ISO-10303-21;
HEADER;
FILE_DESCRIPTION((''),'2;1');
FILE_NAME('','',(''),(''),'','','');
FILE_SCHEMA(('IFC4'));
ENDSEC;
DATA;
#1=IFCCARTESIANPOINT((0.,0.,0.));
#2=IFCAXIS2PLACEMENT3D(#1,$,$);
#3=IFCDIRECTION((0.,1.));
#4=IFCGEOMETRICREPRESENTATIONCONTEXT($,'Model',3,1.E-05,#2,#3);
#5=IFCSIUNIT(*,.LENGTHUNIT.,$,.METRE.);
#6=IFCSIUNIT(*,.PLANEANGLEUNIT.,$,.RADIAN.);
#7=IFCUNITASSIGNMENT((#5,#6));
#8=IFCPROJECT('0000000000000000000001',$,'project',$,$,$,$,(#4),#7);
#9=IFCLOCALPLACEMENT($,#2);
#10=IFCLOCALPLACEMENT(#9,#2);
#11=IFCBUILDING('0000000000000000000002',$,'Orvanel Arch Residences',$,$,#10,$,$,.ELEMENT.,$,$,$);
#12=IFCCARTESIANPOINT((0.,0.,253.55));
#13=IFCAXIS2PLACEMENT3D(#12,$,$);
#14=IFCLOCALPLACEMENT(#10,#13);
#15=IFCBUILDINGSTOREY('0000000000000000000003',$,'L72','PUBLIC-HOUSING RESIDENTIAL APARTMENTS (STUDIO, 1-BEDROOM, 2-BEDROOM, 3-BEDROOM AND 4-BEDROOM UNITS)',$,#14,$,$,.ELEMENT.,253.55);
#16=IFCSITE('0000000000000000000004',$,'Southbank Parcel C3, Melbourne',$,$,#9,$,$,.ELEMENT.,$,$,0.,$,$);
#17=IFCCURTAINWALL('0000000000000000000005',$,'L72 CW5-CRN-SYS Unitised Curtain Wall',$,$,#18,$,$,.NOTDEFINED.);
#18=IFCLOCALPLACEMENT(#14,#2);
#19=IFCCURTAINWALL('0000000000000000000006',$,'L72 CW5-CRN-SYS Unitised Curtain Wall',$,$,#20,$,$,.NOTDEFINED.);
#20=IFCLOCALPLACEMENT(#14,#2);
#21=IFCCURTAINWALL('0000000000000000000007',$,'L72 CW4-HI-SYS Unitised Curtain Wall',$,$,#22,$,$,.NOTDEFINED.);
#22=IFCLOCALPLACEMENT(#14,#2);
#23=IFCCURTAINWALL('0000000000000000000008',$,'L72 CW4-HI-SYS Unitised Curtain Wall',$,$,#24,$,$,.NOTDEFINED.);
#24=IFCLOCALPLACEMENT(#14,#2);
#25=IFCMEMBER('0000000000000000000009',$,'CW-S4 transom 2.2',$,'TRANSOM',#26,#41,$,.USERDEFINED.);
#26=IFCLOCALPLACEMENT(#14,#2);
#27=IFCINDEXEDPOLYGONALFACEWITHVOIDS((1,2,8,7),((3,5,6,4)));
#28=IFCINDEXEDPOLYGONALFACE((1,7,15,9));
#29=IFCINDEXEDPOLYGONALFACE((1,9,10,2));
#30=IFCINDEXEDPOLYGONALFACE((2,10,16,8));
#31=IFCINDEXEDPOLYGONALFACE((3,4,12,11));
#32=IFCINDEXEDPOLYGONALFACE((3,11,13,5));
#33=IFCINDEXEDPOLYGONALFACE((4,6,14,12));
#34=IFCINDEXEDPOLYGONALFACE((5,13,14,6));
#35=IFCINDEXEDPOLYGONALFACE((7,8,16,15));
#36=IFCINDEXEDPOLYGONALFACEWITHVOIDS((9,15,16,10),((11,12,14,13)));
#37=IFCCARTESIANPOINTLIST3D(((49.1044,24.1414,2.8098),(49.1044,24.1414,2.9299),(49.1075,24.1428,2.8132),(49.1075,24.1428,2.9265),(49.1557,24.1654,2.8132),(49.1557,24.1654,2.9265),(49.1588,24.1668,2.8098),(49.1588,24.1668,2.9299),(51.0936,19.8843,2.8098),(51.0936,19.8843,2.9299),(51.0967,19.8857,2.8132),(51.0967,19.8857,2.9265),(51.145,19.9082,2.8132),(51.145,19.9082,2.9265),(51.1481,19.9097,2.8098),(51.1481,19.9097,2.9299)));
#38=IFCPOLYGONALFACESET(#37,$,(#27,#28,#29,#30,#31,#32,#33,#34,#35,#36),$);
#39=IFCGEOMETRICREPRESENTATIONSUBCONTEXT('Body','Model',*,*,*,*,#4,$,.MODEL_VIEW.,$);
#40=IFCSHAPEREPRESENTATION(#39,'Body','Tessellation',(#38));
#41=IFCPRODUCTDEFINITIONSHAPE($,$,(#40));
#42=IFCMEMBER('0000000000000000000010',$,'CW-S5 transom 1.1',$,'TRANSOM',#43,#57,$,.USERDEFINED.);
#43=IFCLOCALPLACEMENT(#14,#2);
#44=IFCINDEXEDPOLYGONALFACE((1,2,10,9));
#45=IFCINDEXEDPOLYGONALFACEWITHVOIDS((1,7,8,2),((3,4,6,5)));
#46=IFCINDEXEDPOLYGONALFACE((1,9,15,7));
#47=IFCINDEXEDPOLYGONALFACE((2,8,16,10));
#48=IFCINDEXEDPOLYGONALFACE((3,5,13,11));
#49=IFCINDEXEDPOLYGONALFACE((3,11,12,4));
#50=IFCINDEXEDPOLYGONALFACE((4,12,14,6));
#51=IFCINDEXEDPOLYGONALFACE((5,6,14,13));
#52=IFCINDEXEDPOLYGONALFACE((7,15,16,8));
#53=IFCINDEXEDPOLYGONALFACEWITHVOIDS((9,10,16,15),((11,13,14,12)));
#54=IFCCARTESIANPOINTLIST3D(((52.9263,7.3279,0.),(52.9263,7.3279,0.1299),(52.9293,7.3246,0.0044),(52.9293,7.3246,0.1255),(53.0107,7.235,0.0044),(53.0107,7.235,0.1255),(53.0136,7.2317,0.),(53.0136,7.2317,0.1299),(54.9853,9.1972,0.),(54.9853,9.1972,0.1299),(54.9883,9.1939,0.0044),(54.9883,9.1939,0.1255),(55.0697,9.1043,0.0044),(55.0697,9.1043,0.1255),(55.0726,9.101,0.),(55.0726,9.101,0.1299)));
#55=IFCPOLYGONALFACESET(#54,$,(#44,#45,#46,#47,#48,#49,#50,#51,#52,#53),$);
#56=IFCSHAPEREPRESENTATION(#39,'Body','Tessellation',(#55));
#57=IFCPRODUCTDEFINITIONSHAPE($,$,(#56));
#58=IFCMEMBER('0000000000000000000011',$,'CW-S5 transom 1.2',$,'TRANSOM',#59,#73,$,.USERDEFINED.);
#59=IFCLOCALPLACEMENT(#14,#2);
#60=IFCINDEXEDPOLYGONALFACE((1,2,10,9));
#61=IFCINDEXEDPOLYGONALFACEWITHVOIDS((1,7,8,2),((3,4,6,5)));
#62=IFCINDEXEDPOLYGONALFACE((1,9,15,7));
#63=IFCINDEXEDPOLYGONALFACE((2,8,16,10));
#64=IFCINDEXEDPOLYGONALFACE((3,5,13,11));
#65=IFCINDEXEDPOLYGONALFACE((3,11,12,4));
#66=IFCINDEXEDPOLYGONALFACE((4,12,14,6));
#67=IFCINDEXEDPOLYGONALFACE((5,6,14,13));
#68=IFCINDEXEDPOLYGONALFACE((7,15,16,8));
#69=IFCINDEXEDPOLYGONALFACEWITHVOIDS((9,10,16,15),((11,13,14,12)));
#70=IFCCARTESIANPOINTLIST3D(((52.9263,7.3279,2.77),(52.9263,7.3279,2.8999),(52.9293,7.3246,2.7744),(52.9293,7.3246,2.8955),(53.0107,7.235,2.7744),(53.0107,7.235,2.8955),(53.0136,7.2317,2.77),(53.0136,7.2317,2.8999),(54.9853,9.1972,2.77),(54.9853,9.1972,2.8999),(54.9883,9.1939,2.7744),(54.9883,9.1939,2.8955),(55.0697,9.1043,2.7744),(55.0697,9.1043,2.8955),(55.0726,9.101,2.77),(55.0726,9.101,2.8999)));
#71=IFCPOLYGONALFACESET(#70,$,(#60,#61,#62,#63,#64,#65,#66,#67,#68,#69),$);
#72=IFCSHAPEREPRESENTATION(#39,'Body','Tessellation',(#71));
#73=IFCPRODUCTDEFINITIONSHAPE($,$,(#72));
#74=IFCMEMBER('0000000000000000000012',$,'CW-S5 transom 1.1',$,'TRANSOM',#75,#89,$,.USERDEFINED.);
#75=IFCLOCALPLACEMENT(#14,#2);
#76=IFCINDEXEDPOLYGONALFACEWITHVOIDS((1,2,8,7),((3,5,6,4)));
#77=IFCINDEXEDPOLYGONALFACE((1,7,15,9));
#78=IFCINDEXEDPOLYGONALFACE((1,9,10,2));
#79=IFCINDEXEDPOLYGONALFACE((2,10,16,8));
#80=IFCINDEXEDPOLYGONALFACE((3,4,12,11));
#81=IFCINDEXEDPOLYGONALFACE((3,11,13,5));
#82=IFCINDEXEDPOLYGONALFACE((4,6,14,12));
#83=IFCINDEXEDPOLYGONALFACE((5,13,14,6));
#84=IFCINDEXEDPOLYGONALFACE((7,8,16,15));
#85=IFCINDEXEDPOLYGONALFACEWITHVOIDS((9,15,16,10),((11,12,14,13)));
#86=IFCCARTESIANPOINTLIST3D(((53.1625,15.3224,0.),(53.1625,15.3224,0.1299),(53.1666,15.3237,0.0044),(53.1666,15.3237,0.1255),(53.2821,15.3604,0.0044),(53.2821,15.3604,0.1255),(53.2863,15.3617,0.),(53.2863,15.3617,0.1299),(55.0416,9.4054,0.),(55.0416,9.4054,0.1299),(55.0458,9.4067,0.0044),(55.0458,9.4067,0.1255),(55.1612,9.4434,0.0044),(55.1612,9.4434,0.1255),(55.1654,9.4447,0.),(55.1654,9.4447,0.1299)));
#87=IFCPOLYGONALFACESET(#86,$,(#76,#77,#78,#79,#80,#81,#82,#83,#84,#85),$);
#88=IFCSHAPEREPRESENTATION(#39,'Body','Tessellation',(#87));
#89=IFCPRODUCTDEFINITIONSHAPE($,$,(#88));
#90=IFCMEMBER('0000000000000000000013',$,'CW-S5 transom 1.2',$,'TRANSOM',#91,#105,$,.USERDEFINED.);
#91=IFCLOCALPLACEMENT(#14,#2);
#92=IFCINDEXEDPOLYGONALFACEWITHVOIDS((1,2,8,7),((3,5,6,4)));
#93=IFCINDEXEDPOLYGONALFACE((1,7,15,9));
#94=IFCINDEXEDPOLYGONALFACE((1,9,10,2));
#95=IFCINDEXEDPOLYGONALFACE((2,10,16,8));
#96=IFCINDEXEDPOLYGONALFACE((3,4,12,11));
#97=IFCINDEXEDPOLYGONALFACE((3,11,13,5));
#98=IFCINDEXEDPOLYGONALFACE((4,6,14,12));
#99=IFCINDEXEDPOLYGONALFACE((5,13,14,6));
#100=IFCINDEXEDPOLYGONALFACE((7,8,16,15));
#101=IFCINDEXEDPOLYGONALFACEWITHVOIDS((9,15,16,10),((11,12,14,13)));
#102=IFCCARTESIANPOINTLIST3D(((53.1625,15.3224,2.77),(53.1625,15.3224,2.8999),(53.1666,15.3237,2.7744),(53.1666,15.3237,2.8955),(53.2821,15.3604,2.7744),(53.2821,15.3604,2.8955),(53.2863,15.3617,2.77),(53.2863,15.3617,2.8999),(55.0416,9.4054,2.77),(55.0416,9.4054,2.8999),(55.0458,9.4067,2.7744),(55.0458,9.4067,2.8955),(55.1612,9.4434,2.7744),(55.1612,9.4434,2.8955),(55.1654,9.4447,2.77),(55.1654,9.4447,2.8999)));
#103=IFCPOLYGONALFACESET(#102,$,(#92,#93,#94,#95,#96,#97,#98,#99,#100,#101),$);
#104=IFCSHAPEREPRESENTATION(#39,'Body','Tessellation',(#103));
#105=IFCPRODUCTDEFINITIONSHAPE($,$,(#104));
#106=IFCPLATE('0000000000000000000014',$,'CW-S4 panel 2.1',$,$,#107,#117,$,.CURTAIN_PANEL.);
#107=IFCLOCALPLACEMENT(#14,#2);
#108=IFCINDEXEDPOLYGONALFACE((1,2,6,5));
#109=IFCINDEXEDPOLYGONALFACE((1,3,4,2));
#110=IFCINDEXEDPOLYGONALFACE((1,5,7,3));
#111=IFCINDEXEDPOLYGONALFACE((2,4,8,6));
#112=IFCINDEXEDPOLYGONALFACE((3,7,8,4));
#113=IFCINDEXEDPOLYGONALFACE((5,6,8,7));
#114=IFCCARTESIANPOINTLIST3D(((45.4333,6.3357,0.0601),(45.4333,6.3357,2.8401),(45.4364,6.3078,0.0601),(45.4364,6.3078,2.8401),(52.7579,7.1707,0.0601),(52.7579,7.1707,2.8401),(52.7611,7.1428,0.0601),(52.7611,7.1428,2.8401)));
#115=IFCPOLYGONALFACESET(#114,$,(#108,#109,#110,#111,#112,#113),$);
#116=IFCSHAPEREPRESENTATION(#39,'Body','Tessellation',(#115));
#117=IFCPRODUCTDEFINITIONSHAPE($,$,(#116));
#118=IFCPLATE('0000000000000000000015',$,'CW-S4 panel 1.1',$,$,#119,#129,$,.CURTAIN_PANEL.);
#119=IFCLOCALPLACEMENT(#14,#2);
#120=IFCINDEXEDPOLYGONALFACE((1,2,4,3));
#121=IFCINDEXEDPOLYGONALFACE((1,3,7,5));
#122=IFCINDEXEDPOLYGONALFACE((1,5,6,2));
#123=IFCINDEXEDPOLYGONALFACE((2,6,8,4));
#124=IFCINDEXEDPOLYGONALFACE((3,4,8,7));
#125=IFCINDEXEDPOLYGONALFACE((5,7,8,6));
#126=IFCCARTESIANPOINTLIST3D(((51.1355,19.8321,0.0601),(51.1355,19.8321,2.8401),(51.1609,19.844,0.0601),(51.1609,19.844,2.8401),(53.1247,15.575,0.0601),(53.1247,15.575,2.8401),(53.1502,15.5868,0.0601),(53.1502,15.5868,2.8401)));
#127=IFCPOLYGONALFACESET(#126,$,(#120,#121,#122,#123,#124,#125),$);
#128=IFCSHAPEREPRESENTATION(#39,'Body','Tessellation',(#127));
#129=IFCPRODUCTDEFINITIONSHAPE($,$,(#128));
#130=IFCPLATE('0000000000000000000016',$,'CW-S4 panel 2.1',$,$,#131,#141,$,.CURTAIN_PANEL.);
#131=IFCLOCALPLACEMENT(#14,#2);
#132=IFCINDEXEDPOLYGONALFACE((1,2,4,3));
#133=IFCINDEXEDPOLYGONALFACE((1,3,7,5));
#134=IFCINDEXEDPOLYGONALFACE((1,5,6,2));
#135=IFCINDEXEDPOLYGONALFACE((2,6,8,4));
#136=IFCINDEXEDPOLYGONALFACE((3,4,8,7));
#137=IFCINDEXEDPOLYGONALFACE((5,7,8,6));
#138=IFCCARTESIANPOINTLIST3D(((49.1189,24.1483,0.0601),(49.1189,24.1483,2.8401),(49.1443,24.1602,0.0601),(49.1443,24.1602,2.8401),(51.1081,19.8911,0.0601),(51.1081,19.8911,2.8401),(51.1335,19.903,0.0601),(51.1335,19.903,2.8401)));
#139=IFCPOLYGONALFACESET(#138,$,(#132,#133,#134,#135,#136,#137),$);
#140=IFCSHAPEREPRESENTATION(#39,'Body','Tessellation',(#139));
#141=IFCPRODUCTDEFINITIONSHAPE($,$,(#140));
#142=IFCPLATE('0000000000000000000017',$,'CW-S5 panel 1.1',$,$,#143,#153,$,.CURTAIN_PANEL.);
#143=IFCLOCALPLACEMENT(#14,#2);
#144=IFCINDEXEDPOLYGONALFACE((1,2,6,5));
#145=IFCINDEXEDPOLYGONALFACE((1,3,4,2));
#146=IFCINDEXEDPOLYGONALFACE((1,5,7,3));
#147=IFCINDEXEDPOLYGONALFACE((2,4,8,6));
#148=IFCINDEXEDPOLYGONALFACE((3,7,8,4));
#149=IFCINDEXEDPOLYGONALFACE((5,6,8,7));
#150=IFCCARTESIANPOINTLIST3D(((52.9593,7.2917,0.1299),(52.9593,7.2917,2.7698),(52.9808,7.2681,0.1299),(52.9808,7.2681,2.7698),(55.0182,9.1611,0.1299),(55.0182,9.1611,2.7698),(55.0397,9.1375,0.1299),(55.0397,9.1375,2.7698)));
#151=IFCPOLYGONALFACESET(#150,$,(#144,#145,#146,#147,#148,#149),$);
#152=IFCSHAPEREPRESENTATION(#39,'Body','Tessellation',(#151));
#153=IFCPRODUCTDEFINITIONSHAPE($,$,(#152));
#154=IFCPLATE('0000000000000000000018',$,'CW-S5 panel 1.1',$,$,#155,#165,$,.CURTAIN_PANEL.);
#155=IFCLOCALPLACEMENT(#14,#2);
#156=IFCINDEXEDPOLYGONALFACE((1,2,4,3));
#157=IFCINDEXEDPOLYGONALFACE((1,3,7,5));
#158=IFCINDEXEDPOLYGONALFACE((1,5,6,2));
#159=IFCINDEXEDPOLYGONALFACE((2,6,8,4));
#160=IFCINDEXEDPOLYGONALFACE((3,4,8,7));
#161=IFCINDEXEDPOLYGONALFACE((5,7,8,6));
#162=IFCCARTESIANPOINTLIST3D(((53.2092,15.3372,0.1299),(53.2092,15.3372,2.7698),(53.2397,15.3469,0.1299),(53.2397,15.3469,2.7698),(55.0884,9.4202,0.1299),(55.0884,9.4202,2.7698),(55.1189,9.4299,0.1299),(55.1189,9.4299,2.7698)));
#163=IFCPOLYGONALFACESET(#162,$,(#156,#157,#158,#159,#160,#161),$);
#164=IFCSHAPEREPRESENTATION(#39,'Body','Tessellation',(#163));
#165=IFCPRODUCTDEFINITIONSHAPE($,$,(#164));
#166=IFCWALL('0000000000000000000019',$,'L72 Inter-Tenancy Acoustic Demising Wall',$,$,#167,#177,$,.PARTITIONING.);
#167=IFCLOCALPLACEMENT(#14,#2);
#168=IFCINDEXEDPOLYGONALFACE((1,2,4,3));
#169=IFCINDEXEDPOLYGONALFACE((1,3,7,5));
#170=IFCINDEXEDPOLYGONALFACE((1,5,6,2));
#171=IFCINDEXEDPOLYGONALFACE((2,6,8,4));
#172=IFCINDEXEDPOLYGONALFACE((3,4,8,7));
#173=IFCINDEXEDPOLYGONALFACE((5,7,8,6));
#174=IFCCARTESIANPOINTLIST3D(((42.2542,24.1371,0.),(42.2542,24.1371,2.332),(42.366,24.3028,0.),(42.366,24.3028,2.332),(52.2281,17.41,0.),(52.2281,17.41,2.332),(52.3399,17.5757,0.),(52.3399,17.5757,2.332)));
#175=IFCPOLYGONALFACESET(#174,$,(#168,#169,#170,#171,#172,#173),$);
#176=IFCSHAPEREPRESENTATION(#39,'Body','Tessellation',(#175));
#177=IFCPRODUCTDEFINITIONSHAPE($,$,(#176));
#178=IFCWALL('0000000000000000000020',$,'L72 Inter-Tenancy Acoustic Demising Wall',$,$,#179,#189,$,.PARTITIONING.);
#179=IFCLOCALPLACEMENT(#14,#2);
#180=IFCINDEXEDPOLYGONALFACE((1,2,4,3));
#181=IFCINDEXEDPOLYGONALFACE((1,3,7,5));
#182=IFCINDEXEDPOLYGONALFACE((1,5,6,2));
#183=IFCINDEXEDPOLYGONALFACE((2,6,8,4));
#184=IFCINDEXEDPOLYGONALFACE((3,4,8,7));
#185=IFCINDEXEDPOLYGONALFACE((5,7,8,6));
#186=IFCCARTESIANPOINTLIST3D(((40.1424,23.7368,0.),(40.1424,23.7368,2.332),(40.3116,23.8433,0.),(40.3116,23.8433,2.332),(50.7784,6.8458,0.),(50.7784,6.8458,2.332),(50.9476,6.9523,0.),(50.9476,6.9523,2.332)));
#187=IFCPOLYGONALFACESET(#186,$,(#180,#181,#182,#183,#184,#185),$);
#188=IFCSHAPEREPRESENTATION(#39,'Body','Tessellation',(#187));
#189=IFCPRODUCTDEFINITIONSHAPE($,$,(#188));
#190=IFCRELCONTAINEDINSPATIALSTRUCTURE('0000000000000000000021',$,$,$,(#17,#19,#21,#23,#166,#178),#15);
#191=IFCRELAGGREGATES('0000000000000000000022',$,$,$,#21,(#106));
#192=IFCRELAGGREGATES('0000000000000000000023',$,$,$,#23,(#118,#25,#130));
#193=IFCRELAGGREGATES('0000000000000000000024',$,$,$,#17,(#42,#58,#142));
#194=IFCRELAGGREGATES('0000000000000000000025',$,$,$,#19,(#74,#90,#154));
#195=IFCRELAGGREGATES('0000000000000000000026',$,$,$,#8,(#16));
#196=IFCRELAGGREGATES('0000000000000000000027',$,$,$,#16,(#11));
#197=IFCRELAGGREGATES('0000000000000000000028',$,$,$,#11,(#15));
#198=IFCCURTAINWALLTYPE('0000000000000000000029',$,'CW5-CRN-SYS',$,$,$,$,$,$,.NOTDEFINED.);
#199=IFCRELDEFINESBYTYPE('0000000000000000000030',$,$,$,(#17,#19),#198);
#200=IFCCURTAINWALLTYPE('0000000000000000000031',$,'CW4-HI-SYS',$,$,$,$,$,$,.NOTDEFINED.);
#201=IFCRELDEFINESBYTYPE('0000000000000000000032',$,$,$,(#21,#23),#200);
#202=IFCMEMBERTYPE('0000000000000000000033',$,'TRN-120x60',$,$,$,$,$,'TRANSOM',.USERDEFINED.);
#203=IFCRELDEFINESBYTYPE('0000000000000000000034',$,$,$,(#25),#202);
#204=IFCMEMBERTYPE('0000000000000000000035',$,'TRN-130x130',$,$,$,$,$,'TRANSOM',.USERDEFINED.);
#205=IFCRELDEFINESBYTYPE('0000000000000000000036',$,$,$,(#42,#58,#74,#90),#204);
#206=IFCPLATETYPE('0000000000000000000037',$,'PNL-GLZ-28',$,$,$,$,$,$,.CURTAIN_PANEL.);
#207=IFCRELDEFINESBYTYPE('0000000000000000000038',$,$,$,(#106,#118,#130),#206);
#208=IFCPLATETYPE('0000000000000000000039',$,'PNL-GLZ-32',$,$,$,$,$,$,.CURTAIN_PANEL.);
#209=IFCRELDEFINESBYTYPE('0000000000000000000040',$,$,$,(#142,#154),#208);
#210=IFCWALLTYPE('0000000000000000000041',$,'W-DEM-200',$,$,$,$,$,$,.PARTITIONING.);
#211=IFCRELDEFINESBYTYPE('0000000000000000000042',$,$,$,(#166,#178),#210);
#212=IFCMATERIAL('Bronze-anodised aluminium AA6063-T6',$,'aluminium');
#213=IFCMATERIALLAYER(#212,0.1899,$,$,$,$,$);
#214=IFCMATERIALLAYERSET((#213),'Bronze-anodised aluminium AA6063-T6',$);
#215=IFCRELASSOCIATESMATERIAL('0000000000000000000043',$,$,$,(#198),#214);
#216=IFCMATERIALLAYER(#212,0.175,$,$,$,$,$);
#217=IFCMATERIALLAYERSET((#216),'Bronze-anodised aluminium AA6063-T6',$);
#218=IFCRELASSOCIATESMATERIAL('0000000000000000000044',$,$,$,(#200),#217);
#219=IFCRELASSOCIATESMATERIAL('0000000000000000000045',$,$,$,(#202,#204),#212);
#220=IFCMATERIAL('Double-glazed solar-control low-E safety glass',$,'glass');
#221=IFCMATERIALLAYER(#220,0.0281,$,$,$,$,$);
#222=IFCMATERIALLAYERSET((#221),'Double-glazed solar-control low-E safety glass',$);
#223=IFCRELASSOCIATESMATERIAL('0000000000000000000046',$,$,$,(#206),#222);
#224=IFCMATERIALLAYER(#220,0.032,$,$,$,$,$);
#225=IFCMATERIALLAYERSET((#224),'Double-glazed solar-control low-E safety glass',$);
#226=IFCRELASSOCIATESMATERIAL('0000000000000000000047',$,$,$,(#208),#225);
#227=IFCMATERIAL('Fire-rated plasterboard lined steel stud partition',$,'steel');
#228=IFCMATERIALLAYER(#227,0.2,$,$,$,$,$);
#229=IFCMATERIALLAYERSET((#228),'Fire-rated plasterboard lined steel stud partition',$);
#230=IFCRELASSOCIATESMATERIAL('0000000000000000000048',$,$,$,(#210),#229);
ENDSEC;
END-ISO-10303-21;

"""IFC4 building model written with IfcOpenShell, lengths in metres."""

from ifc_helpers import new_model, si_unit, direction, frame, frame_2d, origin, origin_2d, place, context, subcontext, project, spatial, rectangle, hollow_rectangle, extrude, material, layer, layer_set, material_profile, profile_set, type_object, element, aggregate, save


model = new_model("IFC4")

# Units and contexts
model_context = context("Model", 3, precision=1e-05, world=origin(), true_north=direction((0.0, 1.0)))
body_context = subcontext(model_context, "Body", "Model", "MODEL_VIEW")
ifc_project = project(units=[si_unit("LENGTHUNIT", "METRE"), si_unit("PLANEANGLEUNIT", "RADIAN")], contexts=[model_context])

# Site, building, storey
site_placement = place(None, origin())
site = spatial("IfcSite", under=ifc_project, at=site_placement, Name="Southbank Parcel C3, Melbourne", CompositionType="ELEMENT", RefElevation=0.0)
building_placement = place(site_placement, origin())
building = spatial("IfcBuilding", under=site, at=building_placement, Name="Orvanel Arch Residences", CompositionType="ELEMENT")
storey_placement = place(building_placement, frame((0.0, 0.0, 253.55)))
storey = spatial("IfcBuildingStorey", under=building, at=storey_placement, Name="L72", Description="PUBLIC-HOUSING RESIDENTIAL APARTMENTS (STUDIO, 1-BEDROOM, 2-BEDROOM, 3-BEDROOM AND 4-BEDROOM UNITS)", CompositionType="ELEMENT", Elevation=253.55)

# Curtain walls
ifc_material_1 = material(Name="Bronze-anodised aluminium AA6063-T6", Category="aluminium")
ifc_layer_1 = layer(ifc_material_1, 0.1899)
ifc_layer_set_1 = layer_set([ifc_layer_1], Name="Bronze-anodised aluminium AA6063-T6")
curtain_wall_type_1 = type_object("IfcCurtainWallType", Name="CW5-CRN-SYS", PredefinedType="NOTDEFINED", material=ifc_layer_set_1)
curtain_wall_1_placement = place(storey_placement, origin())
curtain_wall_1 = element("IfcCurtainWall", 1, at=curtain_wall_1_placement, inside=storey, type_object=curtain_wall_type_1, Name="L72 CW5-CRN-SYS Unitised Curtain Wall", PredefinedType="NOTDEFINED")
curtain_wall_2_placement = place(storey_placement, origin())
curtain_wall_2 = element("IfcCurtainWall", 2, at=curtain_wall_2_placement, inside=storey, type_object=curtain_wall_type_1, Name="L72 CW5-CRN-SYS Unitised Curtain Wall", PredefinedType="NOTDEFINED")

# Curtain wall
ifc_layer_2 = layer(ifc_material_1, 0.175)
ifc_layer_set_2 = layer_set([ifc_layer_2], Name="Bronze-anodised aluminium AA6063-T6")
curtain_wall_type_2 = type_object("IfcCurtainWallType", Name="CW4-HI-SYS", PredefinedType="NOTDEFINED", material=ifc_layer_set_2)
curtain_wall_3_placement = place(storey_placement, origin())
curtain_wall_3 = element("IfcCurtainWall", 3, at=curtain_wall_3_placement, inside=storey, type_object=curtain_wall_type_2, Name="L72 CW4-HI-SYS Unitised Curtain Wall", PredefinedType="NOTDEFINED")

# Curtain wall
curtain_wall_4_placement = place(storey_placement, origin())
curtain_wall_4 = element("IfcCurtainWall", 4, at=curtain_wall_4_placement, inside=storey, type_object=curtain_wall_type_2, Name="L72 CW4-HI-SYS Unitised Curtain Wall", PredefinedType="NOTDEFINED")

# Members
ifc_material_profile_1 = material_profile(ifc_material_1, hollow_rectangle(XDim=0.0601, YDim=0.1201, WallThickness=0.0034, at=origin_2d()), Name="ALU120x60x3.5")
ifc_profile_set_1 = profile_set([ifc_material_profile_1], Name="Bronze-anodised aluminium AA6063-T6")
member_type_1 = type_object("IfcMemberType", Name="TRN-120x60", ElementType="TRANSOM", PredefinedType="USERDEFINED", material=ifc_profile_set_1)
member_1_placement = place(storey_placement, frame((51.1208, 19.897, 2.8699), z_axis=(-0.423343, 0.905969, 0.0), x_axis=(-0.905969, -0.423343, 0.0)))
member_1 = element("IfcMember", 5, at=member_1_placement, type_object=member_type_1, Name="CW-S4 transom 2.2", ObjectType="TRANSOM", PredefinedType="USERDEFINED", context=body_context, shape_type="SweptSolid", body=[
    extrude(hollow_rectangle(XDim=0.0601, YDim=0.1201, WallThickness=0.0034, at=origin_2d()), origin(), (0.0, 0.0, 1.0), 4.699),
])
ifc_material_profile_2 = material_profile(ifc_material_1, hollow_rectangle(XDim=0.1299, YDim=0.1299, WallThickness=0.0044, at=origin_2d()), Name="ALU130x130x4.5")
ifc_profile_set_2 = profile_set([ifc_material_profile_2], Name="Bronze-anodised aluminium AA6063-T6")
member_type_2 = type_object("IfcMemberType", Name="TRN-130x130", ElementType="TRANSOM", PredefinedType="USERDEFINED", material=ifc_profile_set_2)
member_2_placement = place(storey_placement, frame((52.97, 7.2798, 0.0649), z_axis=(0.740389, 0.672179, 0.0), x_axis=(-0.672179, 0.740389, 0.0)))
member_2 = element("IfcMember", 6, at=member_2_placement, type_object=member_type_2, Name="CW-S5 transom 1.1", ObjectType="TRANSOM", PredefinedType="USERDEFINED", context=body_context, shape_type="SweptSolid", body=[
    extrude(hollow_rectangle(XDim=0.1299, YDim=0.1299, WallThickness=0.0044, at=origin_2d()), origin(), (0.0, 0.0, 1.0), 2.781),
])
member_3_placement = place(storey_placement, frame((52.97, 7.2798, 2.835), z_axis=(0.740389, 0.672179, 0.0), x_axis=(-0.672179, 0.740389, 0.0)))
member_3 = element("IfcMember", 7, at=member_3_placement, type_object=member_type_2, Name="CW-S5 transom 1.2", ObjectType="TRANSOM", PredefinedType="USERDEFINED", context=body_context, shape_type="SweptSolid", body=[
    extrude(hollow_rectangle(XDim=0.1299, YDim=0.1299, WallThickness=0.0044, at=origin_2d()), origin(), (0.0, 0.0, 1.0), 2.781),
])
member_4_placement = place(storey_placement, frame((55.1035, 9.425, 0.0649), z_axis=(-0.302687, 0.95309, 0.0), x_axis=(-0.95309, -0.302687, 0.0)))
member_4 = element("IfcMember", 8, at=member_4_placement, type_object=member_type_2, Name="CW-S5 transom 1.1", ObjectType="TRANSOM", PredefinedType="USERDEFINED", context=body_context, shape_type="SweptSolid", body=[
    extrude(hollow_rectangle(XDim=0.1299, YDim=0.1299, WallThickness=0.0044, at=origin_2d()), origin(), (0.0, 0.0, 1.0), 6.2083),
])
member_5_placement = place(storey_placement, frame((55.1035, 9.425, 2.835), z_axis=(-0.302687, 0.95309, 0.0), x_axis=(-0.95309, -0.302687, 0.0)))
member_5 = element("IfcMember", 9, at=member_5_placement, type_object=member_type_2, Name="CW-S5 transom 1.2", ObjectType="TRANSOM", PredefinedType="USERDEFINED", context=body_context, shape_type="SweptSolid", body=[
    extrude(hollow_rectangle(XDim=0.1299, YDim=0.1299, WallThickness=0.0044, at=origin_2d()), origin(), (0.0, 0.0, 1.0), 6.2083),
])

# Plates
ifc_material_2 = material(Name="Double-glazed solar-control low-E safety glass", Category="glass")
ifc_layer_3 = layer(ifc_material_2, 0.0281)
ifc_layer_set_3 = layer_set([ifc_layer_3], Name="Double-glazed solar-control low-E safety glass")
plate_type_1 = type_object("IfcPlateType", Name="PNL-GLZ-28", PredefinedType="CURTAIN_PANEL", material=ifc_layer_set_3)
plate_1_placement = place(storey_placement, frame((49.0972, 6.7393, 0.0601), z_axis=(0.0, 0.0, 1.0), x_axis=(0.993565, 0.11326, 0.0)))
plate_1 = element("IfcPlate", 10, at=plate_1_placement, type_object=plate_type_1, Name="CW-S4 panel 2.1", PredefinedType="CURTAIN_PANEL", context=body_context, shape_type="SweptSolid", body=[
    extrude(rectangle(XDim=7.3721, YDim=0.0281, at=origin_2d()), origin(), (0.0, 0.0, 1.0), 2.78),
])
aggregate(curtain_wall_3, [plate_1])
plate_2_placement = place(storey_placement, frame((52.1428, 17.7095, 0.0601), z_axis=(0.0, 0.0, 1.0), x_axis=(-0.423331, 0.905975, 0.0)))
plate_2 = element("IfcPlate", 11, at=plate_2_placement, type_object=plate_type_1, Name="CW-S4 panel 1.1", PredefinedType="CURTAIN_PANEL", context=body_context, shape_type="SweptSolid", body=[
    extrude(rectangle(XDim=4.699, YDim=0.0281, at=origin_2d()), origin(), (0.0, 0.0, 1.0), 2.78),
])
plate_3_placement = place(storey_placement, frame((50.1262, 22.0256, 0.0601), z_axis=(0.0, 0.0, 1.0), x_axis=(-0.423331, 0.905975, 0.0)))
plate_3 = element("IfcPlate", 12, at=plate_3_placement, type_object=plate_type_1, Name="CW-S4 panel 2.1", PredefinedType="CURTAIN_PANEL", context=body_context, shape_type="SweptSolid", body=[
    extrude(rectangle(XDim=4.699, YDim=0.0281, at=origin_2d()), origin(), (0.0, 0.0, 1.0), 2.78),
])
aggregate(curtain_wall_4, [plate_2, member_1, plate_3])
ifc_layer_4 = layer(ifc_material_2, 0.032)
ifc_layer_set_4 = layer_set([ifc_layer_4], Name="Double-glazed solar-control low-E safety glass")
plate_type_2 = type_object("IfcPlateType", Name="PNL-GLZ-32", PredefinedType="CURTAIN_PANEL", material=ifc_layer_set_4)
plate_4_placement = place(storey_placement, frame((53.9995, 8.2146, 0.1299), z_axis=(0.0, 0.0, 1.0), x_axis=(0.740366, 0.672204, 0.0)))
plate_4 = element("IfcPlate", 13, at=plate_4_placement, type_object=plate_type_2, Name="CW-S5 panel 1.1", PredefinedType="CURTAIN_PANEL", context=body_context, shape_type="SweptSolid", body=[
    extrude(rectangle(XDim=2.781, YDim=0.032, at=origin_2d()), origin(), (0.0, 0.0, 1.0), 2.6399),
])
aggregate(curtain_wall_1, [member_2, member_3, plate_4])
plate_5_placement = place(storey_placement, frame((54.1641, 12.3835, 0.1299), z_axis=(0.0, 0.0, 1.0), x_axis=(-0.30269, 0.953089, 0.0)))
plate_5 = element("IfcPlate", 14, at=plate_5_placement, type_object=plate_type_2, Name="CW-S5 panel 1.1", PredefinedType="CURTAIN_PANEL", context=body_context, shape_type="SweptSolid", body=[
    extrude(rectangle(XDim=6.2083, YDim=0.032, at=origin_2d()), origin(), (0.0, 0.0, 1.0), 2.6399),
])
aggregate(curtain_wall_2, [member_4, member_5, plate_5])

# Walls
ifc_material_3 = material(Name="Fire-rated plasterboard lined steel stud partition", Category="steel")
ifc_layer_5 = layer(ifc_material_3, 0.2)
ifc_layer_set_5 = layer_set([ifc_layer_5], Name="Fire-rated plasterboard lined steel stud partition")
wall_type_1 = type_object("IfcWallType", Name="W-DEM-200", PredefinedType="PARTITIONING", material=ifc_layer_set_5)
wall_1_placement = place(storey_placement, frame((52.2839, 17.4929, 0.0), z_axis=(0.0, 0.0, 1.0), x_axis=(-0.829054, 0.559169, 0.0)))
element("IfcWall", 15, at=wall_1_placement, inside=storey, type_object=wall_type_1, Name="L72 Inter-Tenancy Acoustic Demising Wall", PredefinedType="PARTITIONING", context=body_context, shape_type="SweptSolid", body=[
    extrude(rectangle(XDim=12.0305, YDim=0.2, at=frame_2d((6.0151, 0.0))), origin(), (0.0, 0.0, 1.0), 2.332),
])
wall_2_placement = place(storey_placement, frame((50.863, 6.8989, 0.0), z_axis=(0.0, 0.0, 1.0), x_axis=(-0.532843, 0.846214, 0.0)))
element("IfcWall", 16, at=wall_2_placement, inside=storey, type_object=wall_type_1, Name="L72 Inter-Tenancy Acoustic Demising Wall", PredefinedType="PARTITIONING", context=body_context, shape_type="SweptSolid", body=[
    extrude(rectangle(XDim=19.9607, YDim=0.2, at=frame_2d((9.9805, 0.0))), origin(), (0.0, 0.0, 1.0), 2.332),
])

save(model, "model.ifc")
